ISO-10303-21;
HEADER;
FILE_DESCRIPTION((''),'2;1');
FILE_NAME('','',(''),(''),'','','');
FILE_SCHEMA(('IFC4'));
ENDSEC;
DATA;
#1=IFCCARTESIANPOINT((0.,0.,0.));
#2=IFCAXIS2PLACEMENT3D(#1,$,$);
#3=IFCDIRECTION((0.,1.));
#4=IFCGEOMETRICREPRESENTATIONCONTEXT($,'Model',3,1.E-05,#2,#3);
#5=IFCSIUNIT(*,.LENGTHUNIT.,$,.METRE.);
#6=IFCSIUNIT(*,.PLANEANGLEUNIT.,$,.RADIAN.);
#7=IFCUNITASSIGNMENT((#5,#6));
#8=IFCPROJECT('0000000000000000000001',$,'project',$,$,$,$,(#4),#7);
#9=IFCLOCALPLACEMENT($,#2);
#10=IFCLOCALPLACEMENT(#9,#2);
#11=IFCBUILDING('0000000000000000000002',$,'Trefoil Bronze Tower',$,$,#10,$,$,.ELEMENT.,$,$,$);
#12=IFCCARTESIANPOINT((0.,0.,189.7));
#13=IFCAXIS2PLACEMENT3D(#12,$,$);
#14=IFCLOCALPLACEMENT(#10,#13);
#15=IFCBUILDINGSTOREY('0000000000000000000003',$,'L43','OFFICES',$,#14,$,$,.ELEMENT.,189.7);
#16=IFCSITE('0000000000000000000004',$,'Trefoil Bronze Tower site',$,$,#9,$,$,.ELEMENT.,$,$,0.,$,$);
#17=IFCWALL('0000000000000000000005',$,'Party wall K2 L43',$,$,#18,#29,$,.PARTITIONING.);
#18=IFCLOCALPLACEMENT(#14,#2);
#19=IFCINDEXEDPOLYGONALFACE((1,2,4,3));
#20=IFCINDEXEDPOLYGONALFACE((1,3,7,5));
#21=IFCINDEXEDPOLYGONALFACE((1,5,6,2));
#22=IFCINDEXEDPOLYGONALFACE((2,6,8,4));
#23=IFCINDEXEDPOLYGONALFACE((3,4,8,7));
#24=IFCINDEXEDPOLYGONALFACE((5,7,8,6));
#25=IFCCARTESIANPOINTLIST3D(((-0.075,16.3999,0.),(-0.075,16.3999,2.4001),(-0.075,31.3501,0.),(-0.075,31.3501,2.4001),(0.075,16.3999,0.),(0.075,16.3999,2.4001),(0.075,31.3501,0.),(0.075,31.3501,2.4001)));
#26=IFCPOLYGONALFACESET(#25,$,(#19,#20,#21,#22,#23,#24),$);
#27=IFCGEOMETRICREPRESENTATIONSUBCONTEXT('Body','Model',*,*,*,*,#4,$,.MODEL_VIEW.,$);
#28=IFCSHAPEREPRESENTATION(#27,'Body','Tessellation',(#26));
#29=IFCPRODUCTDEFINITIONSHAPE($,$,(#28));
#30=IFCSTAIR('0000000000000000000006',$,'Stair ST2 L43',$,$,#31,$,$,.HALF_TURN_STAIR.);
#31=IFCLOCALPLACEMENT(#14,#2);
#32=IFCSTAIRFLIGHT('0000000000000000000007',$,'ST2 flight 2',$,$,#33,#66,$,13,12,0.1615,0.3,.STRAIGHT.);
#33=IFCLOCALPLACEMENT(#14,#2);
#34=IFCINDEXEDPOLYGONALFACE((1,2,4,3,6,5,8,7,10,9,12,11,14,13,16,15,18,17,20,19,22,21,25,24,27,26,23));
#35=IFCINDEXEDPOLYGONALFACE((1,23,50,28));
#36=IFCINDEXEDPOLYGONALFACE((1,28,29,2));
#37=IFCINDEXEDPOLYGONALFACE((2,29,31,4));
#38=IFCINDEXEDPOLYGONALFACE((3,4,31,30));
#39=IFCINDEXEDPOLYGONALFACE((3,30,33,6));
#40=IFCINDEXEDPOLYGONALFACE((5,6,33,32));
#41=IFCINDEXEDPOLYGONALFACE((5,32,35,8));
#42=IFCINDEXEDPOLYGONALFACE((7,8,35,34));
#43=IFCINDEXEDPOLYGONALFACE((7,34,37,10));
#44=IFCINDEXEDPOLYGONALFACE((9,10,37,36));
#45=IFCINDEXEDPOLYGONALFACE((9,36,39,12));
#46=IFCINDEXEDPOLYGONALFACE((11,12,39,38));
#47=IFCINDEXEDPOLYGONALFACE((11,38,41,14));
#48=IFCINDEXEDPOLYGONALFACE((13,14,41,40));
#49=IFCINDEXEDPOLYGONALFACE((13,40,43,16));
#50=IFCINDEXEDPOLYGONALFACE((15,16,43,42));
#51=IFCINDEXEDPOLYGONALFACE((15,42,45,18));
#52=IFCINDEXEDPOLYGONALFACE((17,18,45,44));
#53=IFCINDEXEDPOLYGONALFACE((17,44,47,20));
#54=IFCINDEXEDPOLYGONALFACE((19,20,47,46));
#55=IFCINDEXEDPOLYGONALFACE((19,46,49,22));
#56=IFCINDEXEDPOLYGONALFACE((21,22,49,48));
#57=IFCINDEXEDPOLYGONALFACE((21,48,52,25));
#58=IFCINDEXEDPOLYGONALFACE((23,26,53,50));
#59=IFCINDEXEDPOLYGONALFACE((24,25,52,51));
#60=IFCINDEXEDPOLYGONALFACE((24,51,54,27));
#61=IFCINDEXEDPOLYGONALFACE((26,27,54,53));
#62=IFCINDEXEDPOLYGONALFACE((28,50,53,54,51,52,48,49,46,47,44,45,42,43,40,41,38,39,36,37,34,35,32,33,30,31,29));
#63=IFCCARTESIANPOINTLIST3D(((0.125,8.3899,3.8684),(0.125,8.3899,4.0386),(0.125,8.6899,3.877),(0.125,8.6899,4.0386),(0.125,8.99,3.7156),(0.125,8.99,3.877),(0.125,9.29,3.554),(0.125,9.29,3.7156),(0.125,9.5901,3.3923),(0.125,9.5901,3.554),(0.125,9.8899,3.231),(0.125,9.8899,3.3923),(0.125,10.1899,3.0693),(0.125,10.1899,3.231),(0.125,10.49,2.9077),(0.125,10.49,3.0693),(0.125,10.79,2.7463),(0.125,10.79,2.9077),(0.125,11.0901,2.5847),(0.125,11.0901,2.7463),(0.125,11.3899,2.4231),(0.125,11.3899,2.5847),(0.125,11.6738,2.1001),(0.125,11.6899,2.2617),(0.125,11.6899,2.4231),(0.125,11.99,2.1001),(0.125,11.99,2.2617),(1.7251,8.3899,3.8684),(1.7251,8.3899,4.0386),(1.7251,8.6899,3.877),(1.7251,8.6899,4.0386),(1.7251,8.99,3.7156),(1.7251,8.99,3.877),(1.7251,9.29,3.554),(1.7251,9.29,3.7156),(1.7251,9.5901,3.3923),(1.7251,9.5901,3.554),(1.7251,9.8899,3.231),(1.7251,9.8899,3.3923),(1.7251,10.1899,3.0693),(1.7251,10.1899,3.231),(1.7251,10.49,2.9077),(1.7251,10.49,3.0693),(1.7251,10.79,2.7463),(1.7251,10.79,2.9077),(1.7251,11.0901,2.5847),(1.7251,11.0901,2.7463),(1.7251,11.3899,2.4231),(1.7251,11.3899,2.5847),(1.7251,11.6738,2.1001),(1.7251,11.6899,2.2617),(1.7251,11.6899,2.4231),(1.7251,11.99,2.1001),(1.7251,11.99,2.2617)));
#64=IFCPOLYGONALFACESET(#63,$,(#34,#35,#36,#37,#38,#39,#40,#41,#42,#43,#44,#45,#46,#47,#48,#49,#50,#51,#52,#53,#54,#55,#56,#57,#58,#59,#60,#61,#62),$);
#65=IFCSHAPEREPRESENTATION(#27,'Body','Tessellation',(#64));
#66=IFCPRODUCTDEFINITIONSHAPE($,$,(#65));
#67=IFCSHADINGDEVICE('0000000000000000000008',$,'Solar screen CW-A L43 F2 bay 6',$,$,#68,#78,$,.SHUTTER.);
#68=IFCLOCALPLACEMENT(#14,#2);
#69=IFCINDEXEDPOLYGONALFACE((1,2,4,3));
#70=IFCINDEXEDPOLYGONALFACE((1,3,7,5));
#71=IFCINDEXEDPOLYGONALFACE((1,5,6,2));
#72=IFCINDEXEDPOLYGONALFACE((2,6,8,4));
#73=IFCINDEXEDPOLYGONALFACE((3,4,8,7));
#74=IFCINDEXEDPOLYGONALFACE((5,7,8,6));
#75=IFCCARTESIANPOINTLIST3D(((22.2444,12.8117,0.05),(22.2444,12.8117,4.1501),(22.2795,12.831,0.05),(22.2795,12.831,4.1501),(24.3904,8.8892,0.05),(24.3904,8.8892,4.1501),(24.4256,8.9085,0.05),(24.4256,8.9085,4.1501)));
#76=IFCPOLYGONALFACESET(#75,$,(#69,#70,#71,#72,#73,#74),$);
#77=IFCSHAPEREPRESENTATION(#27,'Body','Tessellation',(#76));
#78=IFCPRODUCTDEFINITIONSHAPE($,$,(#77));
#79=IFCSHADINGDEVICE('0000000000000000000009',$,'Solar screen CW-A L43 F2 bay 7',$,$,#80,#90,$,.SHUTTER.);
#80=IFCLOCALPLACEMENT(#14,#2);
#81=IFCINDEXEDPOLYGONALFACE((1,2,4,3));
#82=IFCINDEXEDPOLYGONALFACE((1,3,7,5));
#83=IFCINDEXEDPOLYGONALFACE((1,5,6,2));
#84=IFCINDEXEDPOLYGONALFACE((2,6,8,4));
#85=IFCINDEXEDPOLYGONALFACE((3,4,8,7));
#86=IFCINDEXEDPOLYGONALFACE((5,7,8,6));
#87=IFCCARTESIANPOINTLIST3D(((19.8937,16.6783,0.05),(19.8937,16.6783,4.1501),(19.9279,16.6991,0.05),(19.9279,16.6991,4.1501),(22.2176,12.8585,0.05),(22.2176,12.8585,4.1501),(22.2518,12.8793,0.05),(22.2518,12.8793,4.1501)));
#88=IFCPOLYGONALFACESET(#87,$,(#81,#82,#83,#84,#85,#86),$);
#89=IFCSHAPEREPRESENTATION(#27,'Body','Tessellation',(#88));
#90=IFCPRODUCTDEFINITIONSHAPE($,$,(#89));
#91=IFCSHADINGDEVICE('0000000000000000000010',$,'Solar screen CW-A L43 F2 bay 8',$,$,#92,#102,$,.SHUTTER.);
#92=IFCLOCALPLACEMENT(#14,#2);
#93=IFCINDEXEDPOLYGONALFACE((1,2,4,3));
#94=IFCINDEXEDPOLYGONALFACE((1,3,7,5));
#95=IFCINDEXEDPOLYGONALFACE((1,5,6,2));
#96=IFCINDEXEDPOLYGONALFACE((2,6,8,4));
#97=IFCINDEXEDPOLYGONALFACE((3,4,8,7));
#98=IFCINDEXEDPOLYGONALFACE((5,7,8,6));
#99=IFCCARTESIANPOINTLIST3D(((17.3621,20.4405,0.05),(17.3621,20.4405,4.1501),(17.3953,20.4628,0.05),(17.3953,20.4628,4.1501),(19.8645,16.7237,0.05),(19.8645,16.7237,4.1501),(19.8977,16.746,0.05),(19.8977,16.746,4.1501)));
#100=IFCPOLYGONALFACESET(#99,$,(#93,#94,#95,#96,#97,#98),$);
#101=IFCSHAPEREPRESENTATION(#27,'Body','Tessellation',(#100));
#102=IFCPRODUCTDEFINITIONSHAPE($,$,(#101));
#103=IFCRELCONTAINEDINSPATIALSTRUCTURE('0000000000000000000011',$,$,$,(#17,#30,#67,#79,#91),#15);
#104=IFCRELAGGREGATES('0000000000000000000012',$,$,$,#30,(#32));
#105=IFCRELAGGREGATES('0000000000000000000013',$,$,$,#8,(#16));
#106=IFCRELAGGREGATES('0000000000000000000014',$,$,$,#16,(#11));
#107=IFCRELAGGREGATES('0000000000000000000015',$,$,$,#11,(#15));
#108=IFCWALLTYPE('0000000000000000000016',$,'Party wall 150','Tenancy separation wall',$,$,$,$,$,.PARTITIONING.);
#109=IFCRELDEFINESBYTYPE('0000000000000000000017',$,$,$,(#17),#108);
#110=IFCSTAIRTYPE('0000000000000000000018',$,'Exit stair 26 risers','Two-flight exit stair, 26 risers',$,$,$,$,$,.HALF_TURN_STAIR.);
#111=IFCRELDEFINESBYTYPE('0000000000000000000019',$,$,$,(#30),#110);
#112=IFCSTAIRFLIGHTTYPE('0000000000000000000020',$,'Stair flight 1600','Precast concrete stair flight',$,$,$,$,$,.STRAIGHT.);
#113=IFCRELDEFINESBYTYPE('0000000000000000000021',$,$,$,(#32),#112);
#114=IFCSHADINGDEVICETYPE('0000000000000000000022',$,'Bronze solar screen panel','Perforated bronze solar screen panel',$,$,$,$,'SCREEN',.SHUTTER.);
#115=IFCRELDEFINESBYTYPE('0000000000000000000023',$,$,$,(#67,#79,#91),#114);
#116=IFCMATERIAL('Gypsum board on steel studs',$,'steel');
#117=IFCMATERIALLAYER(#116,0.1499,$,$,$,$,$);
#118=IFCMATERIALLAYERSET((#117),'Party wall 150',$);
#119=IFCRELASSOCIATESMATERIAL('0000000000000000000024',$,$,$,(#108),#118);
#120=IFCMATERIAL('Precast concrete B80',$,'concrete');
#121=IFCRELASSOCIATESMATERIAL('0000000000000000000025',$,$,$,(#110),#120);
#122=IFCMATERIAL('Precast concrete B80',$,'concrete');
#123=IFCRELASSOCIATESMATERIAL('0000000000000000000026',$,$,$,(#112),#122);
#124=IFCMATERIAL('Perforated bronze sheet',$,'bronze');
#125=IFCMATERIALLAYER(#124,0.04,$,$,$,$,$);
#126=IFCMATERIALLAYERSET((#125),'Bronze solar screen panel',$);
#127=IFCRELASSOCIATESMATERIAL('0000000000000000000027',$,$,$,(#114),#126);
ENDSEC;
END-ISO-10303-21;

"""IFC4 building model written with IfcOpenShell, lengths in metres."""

from ifc_helpers import new_model, si_unit, direction, frame, frame_2d, origin, origin_2d, place, context, subcontext, project, spatial, polyline, rectangle, outline, extrude, material, layer, layer_set, type_object, element, aggregate, save


model = new_model("IFC4")

# Units and contexts
model_context = context("Model", 3, precision=1e-05, world=origin(), true_north=direction((0.0, 1.0)))
body_context = subcontext(model_context, "Body", "Model", "MODEL_VIEW")
ifc_project = project(units=[si_unit("LENGTHUNIT", "METRE"), si_unit("PLANEANGLEUNIT", "RADIAN")], contexts=[model_context])

# Site, building, storey
site_placement = place(None, origin())
site = spatial("IfcSite", under=ifc_project, at=site_placement, Name="Trefoil Bronze Tower site", CompositionType="ELEMENT", RefElevation=0.0)
building_placement = place(site_placement, origin())
building = spatial("IfcBuilding", under=site, at=building_placement, Name="Trefoil Bronze Tower", CompositionType="ELEMENT")
storey_placement = place(building_placement, frame((0.0, 0.0, 189.7)))
storey = spatial("IfcBuildingStorey", under=building, at=storey_placement, Name="L43", Description="OFFICES", CompositionType="ELEMENT", Elevation=189.7)

# Wall
ifc_material_1 = material(Name="Gypsum board on steel studs", Category="steel")
ifc_layer_1 = layer(ifc_material_1, 0.1499)
ifc_layer_set_1 = layer_set([ifc_layer_1], Name="Party wall 150")
wall_type_1 = type_object("IfcWallType", Name="Party wall 150", Description="Tenancy separation wall", PredefinedType="PARTITIONING", material=ifc_layer_set_1)
wall_1_placement = place(storey_placement, frame((0.0, 16.3999, 0.0), z_axis=(0.0, 0.0, 1.0), x_axis=(0.0, 1.0, 0.0)))
element("IfcWall", 1, at=wall_1_placement, inside=storey, type_object=wall_type_1, Name="Party wall K2 L43", PredefinedType="PARTITIONING", context=body_context, shape_type="SweptSolid", body=[
    extrude(rectangle(XDim=14.9502, YDim=0.1499, at=frame_2d((7.4751, 0.0))), origin(), (0.0, 0.0, 1.0), 2.4001),
])

# Stair, stair flight
ifc_material_2 = material(Name="Precast concrete B80", Category="concrete")
stair_type = type_object("IfcStairType", Name="Exit stair 26 risers", Description="Two-flight exit stair, 26 risers", PredefinedType="HALF_TURN_STAIR", material=ifc_material_2)
stair_placement = place(storey_placement, origin())
stair = element("IfcStair", 2, at=stair_placement, inside=storey, type_object=stair_type, Name="Stair ST2 L43", PredefinedType="HALF_TURN_STAIR")
ifc_material_3 = material(Name="Precast concrete B80", Category="concrete")
stair_flight_type = type_object("IfcStairFlightType", Name="Stair flight 1600", Description="Precast concrete stair flight", PredefinedType="STRAIGHT", material=ifc_material_3)
stair_flight_placement = place(storey_placement, frame((0.925, 11.99, 2.1001), z_axis=(0.0, 0.0, 1.0), x_axis=(0.0, -1.0, 0.0)))
stair_flight = element("IfcStairFlight", 3, at=stair_flight_placement, type_object=stair_flight_type, Name="ST2 flight 2", NumberOfRisers=13, NumberOfTreads=12, PredefinedType="STRAIGHT", RiserHeight=0.1615, TreadLength=0.3, context=body_context, shape_type="SweptSolid", body=[
    extrude(outline(polyline([(0.0, 0.0), (0.0, 0.1616), (0.3, 0.1616), (0.3, 0.323), (0.6001, 0.323), (0.6001, 0.4846), (0.8999, 0.4846), (0.8999, 0.6462), (1.2, 0.6462), (1.2, 0.8076), (1.5, 0.8076), (1.5, 0.9692), (1.8, 0.9692), (1.8, 1.1309), (2.1001, 1.1309), (2.1001, 1.2922), (2.3999, 1.2922), (2.3999, 1.4539), (2.7, 1.4539), (2.7, 1.6155), (3.0, 1.6155), (3.0, 1.7769), (3.3, 1.7769), (3.3, 1.9385), (3.6001, 1.9385), (3.6001, 2.1001), (3.6001, 1.7683), (0.3162, 0.0), (0.0, 0.0)])), frame((0.0, 0.8, 0.0), z_axis=(0.0, -1.0, 0.0), x_axis=(1.0, 0.0, 0.0)), (0.0, 0.0, 1.0), 1.6001),
])
aggregate(stair, [stair_flight])

# Shading devices
ifc_material_4 = material(Name="Perforated bronze sheet", Category="bronze")
ifc_layer_2 = layer(ifc_material_4, 0.04)
ifc_layer_set_2 = layer_set([ifc_layer_2], Name="Bronze solar screen panel")
shading_device_type = type_object("IfcShadingDeviceType", Name="Bronze solar screen panel", Description="Perforated bronze solar screen panel", ElementType="SCREEN", PredefinedType="SHUTTER", material=ifc_layer_set_2)
for number, where, z_axis, x_axis, name in (
    (4, (23.335, 10.8601, 0.05), (0.0, 0.0, 1.0), (-0.479974, 0.877283, 0.0), "Solar screen CW-A L43 F2 bay 6"),
    (5, (21.0728, 14.7788, 0.05), (0.0, 0.0, 1.0), (-0.519762, 0.854311, 0.0), "Solar screen CW-A L43 F2 bay 7"),
):
    element("IfcShadingDevice", number, at=place(storey_placement, frame(where, z_axis=z_axis, x_axis=x_axis)), inside=storey, type_object=shading_device_type, Name=name, PredefinedType="SHUTTER", context=body_context, shape_type="SweptSolid", body=[
        extrude(rectangle(XDim=4.4712, YDim=0.04, at=origin_2d()), origin(), (0.0, 0.0, 1.0), 4.1001),
    ])
shading_device_placement = place(storey_placement, frame((18.6299, 18.5933, 0.05), z_axis=(0.0, 0.0, 1.0), x_axis=(-0.558493, 0.829509, 0.0)))
element("IfcShadingDevice", 6, at=shading_device_placement, inside=storey, type_object=shading_device_type, Name="Solar screen CW-A L43 F2 bay 8", PredefinedType="SHUTTER", context=body_context, shape_type="SweptSolid", body=[
    extrude(rectangle(XDim=4.4807, YDim=0.04, at=origin_2d()), origin(), (0.0, 0.0, 1.0), 4.1001),
])

save(model, "model.ifc")
